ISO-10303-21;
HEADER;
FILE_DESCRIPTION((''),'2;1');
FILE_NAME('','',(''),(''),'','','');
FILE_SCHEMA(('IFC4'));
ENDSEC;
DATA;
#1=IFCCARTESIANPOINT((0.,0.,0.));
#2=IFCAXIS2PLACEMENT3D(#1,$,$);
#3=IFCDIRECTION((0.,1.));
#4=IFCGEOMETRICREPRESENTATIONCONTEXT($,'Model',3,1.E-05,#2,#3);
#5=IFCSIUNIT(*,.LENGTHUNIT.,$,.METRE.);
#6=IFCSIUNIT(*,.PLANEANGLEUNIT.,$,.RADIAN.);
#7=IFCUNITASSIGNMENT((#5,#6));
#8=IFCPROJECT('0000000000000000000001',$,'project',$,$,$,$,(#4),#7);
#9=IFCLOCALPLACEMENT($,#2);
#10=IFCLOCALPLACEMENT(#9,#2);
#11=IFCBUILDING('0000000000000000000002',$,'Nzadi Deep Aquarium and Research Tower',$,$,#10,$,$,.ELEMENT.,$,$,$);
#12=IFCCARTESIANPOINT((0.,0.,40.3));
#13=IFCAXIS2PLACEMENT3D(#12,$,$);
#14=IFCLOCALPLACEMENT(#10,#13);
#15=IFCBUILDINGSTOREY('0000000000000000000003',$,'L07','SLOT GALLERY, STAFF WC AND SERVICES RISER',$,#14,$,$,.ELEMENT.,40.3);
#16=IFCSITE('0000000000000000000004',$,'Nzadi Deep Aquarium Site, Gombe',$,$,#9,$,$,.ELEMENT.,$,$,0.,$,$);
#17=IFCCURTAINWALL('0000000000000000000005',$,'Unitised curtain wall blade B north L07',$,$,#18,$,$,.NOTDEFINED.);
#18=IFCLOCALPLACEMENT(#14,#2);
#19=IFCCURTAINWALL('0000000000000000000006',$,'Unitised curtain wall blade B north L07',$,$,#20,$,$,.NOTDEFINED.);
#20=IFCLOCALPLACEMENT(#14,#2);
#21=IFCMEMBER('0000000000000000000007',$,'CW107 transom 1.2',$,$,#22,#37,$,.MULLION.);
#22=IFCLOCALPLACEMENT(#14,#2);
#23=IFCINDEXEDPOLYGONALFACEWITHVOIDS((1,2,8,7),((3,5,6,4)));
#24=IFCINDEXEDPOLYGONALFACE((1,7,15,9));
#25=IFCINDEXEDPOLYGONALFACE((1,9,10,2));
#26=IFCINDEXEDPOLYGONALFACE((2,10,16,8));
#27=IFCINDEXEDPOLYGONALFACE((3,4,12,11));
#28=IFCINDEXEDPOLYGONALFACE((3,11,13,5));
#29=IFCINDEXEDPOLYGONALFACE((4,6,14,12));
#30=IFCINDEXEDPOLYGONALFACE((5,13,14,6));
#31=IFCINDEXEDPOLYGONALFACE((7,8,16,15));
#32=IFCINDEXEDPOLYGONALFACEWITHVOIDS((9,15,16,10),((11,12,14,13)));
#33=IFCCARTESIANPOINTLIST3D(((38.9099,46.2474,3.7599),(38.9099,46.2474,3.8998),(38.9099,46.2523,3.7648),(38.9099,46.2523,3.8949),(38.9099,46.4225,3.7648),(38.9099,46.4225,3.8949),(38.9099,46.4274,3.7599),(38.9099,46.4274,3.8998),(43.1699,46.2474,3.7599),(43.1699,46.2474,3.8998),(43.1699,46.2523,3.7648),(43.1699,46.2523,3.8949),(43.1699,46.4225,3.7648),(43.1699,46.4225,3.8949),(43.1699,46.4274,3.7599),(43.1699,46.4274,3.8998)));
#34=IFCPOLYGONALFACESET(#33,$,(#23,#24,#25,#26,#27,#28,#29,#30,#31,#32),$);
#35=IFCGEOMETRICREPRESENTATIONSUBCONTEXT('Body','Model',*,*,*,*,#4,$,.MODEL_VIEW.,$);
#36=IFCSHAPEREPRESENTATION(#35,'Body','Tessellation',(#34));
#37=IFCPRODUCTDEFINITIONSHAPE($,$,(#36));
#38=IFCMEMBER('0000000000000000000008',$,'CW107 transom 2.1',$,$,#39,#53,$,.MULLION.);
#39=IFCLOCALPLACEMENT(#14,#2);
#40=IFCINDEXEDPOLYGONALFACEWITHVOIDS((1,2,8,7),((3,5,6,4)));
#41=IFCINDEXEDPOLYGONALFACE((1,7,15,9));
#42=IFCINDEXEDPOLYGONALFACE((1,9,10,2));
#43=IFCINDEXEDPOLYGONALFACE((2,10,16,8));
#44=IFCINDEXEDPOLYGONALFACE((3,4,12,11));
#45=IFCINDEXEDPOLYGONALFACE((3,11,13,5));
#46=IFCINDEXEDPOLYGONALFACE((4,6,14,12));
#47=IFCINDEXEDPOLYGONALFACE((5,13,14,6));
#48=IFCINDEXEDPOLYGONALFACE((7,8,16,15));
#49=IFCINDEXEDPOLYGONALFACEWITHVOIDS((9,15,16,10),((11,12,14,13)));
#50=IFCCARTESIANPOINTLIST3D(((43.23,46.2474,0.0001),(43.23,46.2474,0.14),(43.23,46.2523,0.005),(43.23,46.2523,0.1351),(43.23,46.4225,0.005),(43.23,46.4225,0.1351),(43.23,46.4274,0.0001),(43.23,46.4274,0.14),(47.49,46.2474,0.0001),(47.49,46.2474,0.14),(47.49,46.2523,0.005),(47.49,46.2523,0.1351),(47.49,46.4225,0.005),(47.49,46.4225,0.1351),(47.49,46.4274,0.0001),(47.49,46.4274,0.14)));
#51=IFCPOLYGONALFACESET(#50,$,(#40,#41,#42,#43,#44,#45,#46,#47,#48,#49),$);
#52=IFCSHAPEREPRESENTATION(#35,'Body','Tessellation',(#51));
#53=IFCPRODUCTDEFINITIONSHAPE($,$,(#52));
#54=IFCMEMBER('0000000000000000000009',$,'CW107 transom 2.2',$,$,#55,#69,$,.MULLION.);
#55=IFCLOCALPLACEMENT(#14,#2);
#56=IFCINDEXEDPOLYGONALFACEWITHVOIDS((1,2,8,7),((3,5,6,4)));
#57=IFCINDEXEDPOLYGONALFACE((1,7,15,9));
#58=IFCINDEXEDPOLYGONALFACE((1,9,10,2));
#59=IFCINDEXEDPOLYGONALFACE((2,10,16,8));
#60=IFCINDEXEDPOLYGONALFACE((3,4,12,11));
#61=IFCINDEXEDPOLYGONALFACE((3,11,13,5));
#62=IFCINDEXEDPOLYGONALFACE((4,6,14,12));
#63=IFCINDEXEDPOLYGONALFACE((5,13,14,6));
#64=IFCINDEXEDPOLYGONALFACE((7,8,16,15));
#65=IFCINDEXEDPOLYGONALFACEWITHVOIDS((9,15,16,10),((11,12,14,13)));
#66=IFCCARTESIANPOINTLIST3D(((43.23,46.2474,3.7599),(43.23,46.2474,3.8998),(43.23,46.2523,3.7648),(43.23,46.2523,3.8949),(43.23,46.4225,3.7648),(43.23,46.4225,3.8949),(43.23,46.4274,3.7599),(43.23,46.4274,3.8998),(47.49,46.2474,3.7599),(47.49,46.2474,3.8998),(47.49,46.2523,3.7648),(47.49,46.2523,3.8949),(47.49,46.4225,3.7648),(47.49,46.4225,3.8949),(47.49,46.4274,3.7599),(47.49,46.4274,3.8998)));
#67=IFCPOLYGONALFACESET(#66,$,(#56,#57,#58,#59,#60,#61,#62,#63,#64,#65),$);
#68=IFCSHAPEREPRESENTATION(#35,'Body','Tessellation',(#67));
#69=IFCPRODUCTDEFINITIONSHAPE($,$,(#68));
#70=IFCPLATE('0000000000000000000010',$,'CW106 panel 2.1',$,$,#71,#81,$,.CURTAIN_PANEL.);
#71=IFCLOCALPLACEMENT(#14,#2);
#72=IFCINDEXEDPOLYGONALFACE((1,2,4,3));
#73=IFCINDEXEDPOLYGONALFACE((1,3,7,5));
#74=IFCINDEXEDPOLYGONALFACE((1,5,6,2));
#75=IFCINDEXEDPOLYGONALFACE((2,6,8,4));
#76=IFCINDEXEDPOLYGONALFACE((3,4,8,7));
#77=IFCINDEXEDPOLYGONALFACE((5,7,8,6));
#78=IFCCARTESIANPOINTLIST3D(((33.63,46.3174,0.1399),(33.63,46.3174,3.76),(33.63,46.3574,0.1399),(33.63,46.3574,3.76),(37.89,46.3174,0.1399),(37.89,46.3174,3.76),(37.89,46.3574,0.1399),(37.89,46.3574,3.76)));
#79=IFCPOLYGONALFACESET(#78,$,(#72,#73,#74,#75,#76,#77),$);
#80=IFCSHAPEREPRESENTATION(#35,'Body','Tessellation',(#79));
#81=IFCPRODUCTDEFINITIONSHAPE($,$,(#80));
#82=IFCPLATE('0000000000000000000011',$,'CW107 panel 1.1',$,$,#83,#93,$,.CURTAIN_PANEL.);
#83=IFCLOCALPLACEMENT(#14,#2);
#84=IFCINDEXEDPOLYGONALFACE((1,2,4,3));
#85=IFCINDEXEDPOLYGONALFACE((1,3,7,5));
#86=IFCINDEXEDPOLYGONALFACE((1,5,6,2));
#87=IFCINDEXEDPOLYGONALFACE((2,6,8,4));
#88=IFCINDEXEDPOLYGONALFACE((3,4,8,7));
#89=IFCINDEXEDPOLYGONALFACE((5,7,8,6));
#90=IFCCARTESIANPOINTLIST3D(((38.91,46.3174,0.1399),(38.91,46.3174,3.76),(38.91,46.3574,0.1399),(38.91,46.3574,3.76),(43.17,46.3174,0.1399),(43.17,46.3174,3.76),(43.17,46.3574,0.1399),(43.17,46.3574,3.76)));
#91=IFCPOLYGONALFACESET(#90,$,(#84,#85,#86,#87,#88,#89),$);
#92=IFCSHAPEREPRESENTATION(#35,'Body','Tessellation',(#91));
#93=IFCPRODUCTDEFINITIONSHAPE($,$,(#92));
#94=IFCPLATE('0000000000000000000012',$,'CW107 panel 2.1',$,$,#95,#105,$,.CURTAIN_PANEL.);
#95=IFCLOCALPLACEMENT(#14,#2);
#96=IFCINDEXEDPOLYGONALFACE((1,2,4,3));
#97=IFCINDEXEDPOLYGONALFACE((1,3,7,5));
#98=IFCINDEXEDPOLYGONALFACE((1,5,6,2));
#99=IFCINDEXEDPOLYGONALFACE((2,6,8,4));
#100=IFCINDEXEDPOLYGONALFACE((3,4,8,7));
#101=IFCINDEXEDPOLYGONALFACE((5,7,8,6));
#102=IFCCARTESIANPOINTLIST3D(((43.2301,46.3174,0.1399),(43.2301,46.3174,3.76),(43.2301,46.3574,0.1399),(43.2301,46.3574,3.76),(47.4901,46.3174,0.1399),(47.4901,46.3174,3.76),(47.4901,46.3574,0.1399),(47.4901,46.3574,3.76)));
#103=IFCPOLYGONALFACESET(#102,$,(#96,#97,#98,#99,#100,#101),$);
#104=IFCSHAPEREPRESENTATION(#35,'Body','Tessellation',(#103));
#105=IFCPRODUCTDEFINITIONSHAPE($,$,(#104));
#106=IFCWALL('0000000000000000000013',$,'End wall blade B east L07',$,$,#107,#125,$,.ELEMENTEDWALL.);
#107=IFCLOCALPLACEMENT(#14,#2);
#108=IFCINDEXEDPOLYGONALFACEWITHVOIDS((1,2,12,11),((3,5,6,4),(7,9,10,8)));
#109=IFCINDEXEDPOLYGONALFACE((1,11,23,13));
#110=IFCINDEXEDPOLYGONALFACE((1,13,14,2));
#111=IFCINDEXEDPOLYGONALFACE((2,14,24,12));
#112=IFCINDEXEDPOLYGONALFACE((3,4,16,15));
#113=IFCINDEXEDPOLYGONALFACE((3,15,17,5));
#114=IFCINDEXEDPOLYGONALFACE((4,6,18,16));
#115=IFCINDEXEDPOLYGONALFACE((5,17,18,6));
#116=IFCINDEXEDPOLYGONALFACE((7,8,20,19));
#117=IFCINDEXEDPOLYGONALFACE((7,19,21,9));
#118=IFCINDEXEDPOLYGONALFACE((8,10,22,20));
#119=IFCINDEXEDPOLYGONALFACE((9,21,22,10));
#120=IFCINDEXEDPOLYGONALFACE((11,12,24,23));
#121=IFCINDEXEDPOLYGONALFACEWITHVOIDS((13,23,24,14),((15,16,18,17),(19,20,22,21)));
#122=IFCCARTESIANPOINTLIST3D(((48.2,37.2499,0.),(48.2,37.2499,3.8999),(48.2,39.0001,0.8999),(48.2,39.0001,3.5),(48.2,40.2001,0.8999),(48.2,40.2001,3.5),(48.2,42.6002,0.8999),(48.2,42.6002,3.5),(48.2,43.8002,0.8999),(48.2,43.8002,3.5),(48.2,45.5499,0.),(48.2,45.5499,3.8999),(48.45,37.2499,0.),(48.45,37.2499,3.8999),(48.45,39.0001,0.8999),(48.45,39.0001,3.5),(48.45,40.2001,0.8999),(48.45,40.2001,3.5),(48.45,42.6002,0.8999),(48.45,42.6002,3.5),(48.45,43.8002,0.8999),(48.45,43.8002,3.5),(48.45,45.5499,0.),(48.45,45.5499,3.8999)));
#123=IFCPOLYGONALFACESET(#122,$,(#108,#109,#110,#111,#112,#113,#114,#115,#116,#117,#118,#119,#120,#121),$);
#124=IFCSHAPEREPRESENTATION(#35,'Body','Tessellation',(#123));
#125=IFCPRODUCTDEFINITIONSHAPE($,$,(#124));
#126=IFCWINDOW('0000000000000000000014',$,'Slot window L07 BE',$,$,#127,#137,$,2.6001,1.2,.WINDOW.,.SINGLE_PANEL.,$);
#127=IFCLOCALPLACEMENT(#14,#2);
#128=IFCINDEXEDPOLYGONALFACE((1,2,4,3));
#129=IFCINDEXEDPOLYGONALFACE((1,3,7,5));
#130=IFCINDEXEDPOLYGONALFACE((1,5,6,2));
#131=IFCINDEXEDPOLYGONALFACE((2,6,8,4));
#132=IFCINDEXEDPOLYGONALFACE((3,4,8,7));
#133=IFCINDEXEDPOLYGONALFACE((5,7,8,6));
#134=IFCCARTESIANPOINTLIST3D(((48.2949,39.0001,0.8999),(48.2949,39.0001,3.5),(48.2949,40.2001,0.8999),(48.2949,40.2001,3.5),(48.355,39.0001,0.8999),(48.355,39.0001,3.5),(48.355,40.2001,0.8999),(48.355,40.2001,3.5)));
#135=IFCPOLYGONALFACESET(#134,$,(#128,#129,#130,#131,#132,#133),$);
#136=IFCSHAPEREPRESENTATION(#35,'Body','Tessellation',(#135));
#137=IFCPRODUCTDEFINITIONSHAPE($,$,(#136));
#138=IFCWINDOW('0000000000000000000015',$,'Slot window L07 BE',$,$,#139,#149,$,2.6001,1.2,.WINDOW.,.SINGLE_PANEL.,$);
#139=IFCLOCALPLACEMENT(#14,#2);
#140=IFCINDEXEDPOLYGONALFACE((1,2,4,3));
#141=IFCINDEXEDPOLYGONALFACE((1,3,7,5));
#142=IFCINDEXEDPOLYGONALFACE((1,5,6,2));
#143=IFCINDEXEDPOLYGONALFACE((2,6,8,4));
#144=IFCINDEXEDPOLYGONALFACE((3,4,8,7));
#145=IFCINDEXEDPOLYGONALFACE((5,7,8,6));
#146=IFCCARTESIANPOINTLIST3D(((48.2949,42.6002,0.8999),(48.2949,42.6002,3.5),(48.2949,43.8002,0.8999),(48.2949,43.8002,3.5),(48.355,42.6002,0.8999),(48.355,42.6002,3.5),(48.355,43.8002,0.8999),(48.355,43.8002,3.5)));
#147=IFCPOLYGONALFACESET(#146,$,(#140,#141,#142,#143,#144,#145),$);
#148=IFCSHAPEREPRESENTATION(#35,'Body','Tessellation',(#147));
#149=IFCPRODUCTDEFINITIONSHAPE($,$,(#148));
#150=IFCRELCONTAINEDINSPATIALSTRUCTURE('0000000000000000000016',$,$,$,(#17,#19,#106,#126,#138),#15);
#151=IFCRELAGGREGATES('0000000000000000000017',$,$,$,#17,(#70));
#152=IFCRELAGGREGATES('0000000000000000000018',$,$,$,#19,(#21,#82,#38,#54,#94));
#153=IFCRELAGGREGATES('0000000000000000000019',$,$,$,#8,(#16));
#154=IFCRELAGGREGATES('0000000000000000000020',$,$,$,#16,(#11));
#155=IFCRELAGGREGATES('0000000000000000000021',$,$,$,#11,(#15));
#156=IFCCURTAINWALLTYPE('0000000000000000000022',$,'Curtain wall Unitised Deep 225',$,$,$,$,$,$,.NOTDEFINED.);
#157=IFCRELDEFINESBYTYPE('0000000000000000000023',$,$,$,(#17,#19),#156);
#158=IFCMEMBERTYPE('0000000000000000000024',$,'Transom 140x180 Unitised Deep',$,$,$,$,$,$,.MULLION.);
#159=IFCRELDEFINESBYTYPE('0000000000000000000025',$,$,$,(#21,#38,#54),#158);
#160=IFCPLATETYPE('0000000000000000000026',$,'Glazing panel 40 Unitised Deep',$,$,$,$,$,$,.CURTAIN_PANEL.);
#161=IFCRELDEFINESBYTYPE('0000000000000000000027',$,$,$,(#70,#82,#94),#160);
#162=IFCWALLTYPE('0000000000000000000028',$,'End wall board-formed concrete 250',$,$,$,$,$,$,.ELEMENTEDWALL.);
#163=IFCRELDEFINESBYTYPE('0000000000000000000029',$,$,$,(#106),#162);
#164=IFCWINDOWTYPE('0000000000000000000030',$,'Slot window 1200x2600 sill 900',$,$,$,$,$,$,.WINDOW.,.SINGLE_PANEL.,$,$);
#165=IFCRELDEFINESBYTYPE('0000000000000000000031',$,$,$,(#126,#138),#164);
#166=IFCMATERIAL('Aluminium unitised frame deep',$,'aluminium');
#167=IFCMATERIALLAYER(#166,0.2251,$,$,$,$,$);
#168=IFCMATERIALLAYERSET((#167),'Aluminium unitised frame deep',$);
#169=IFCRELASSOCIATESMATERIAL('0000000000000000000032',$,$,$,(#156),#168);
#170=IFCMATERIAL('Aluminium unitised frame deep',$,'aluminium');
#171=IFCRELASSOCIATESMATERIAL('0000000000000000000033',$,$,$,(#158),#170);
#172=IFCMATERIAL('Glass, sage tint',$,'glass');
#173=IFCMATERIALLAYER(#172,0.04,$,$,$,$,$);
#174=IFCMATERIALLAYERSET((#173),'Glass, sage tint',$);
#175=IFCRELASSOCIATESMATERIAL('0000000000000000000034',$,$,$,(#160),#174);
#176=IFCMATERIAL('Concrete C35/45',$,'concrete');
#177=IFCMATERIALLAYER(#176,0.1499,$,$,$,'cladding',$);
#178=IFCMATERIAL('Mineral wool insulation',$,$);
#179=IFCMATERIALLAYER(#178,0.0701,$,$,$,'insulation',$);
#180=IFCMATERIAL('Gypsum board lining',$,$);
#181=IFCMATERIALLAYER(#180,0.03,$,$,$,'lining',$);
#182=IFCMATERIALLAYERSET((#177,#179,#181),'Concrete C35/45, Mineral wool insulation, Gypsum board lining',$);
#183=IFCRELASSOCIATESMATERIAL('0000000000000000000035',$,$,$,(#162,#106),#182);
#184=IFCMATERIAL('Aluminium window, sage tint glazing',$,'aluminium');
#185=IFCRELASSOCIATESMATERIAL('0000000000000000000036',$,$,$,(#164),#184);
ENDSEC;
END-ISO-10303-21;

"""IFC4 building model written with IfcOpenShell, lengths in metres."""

from ifc_helpers import new_model, si_unit, direction, frame, frame_2d, origin, origin_2d, place, context, subcontext, project, spatial, rectangle, hollow_rectangle, extrude, material, layer, layer_set, layer_usage, material_profile, profile_set, type_object, element, fill, aggregate, save


model = new_model("IFC4")

# Units and contexts
model_context = context("Model", 3, precision=1e-05, world=origin(), true_north=direction((0.0, 1.0)))
body_context = subcontext(model_context, "Body", "Model", "MODEL_VIEW")
ifc_project = project(units=[si_unit("LENGTHUNIT", "METRE"), si_unit("PLANEANGLEUNIT", "RADIAN")], contexts=[model_context])

# Site, building, storey
site_placement = place(None, origin())
site = spatial("IfcSite", under=ifc_project, at=site_placement, Name="Nzadi Deep Aquarium Site, Gombe", CompositionType="ELEMENT", RefElevation=0.0)
building_placement = place(site_placement, origin())
building = spatial("IfcBuilding", under=site, at=building_placement, Name="Nzadi Deep Aquarium and Research Tower", CompositionType="ELEMENT")
storey_placement = place(building_placement, frame((0.0, 0.0, 40.3)))
storey = spatial("IfcBuildingStorey", under=building, at=storey_placement, Name="L07", Description="SLOT GALLERY, STAFF WC AND SERVICES RISER", CompositionType="ELEMENT", Elevation=40.3)

# Curtain wall
ifc_material_1 = material(Name="Aluminium unitised frame deep", Category="aluminium")
ifc_layer_1 = layer(ifc_material_1, 0.2251)
ifc_layer_set_1 = layer_set([ifc_layer_1], Name="Aluminium unitised frame deep")
curtain_wall_type = type_object("IfcCurtainWallType", Name="Curtain wall Unitised Deep 225", PredefinedType="NOTDEFINED", material=ifc_layer_set_1)
curtain_wall_1_placement = place(storey_placement, origin())
curtain_wall_1 = element("IfcCurtainWall", 1, at=curtain_wall_1_placement, inside=storey, type_object=curtain_wall_type, Name="Unitised curtain wall blade B north L07", PredefinedType="NOTDEFINED")

# Curtain wall
curtain_wall_2_placement = place(storey_placement, origin())
curtain_wall_2 = element("IfcCurtainWall", 2, at=curtain_wall_2_placement, inside=storey, type_object=curtain_wall_type, Name="Unitised curtain wall blade B north L07", PredefinedType="NOTDEFINED")

# Members
ifc_material_2 = material(Name="Aluminium unitised frame deep", Category="aluminium")
ifc_material_profile_1 = material_profile(ifc_material_2, hollow_rectangle(XDim=0.1799, YDim=0.1399, WallThickness=0.0049, at=origin_2d()))
ifc_profile_set_1 = profile_set([ifc_material_profile_1], Name="Aluminium unitised frame deep")
member_type_1 = type_object("IfcMemberType", Name="Transom 140x180 Unitised Deep", PredefinedType="MULLION", material=ifc_profile_set_1)
member_1_placement = place(storey_placement, frame((38.9099, 46.3374, 3.8298), z_axis=(1.0, 0.0, 0.0), x_axis=(0.0, 1.0, 0.0)))
member_1 = element("IfcMember", 3, at=member_1_placement, type_object=member_type_1, Name="CW107 transom 1.2", PredefinedType="MULLION", context=body_context, shape_type="SweptSolid", body=[
    extrude(hollow_rectangle(XDim=0.1799, YDim=0.1399, WallThickness=0.0049, at=origin_2d()), origin(), (0.0, 0.0, 1.0), 4.26),
])
member_2_placement = place(storey_placement, frame((43.23, 46.3374, 0.0701), z_axis=(1.0, 0.0, 0.0), x_axis=(0.0, 1.0, 0.0)))
member_2 = element("IfcMember", 4, at=member_2_placement, type_object=member_type_1, Name="CW107 transom 2.1", PredefinedType="MULLION", context=body_context, shape_type="SweptSolid", body=[
    extrude(hollow_rectangle(XDim=0.1799, YDim=0.1399, WallThickness=0.0049, at=origin_2d()), origin(), (0.0, 0.0, 1.0), 4.26),
])
member_3_placement = place(storey_placement, frame((43.23, 46.3374, 3.8298), z_axis=(1.0, 0.0, 0.0), x_axis=(0.0, 1.0, 0.0)))
member_3 = element("IfcMember", 5, at=member_3_placement, type_object=member_type_1, Name="CW107 transom 2.2", PredefinedType="MULLION", context=body_context, shape_type="SweptSolid", body=[
    extrude(hollow_rectangle(XDim=0.1799, YDim=0.1399, WallThickness=0.0049, at=origin_2d()), origin(), (0.0, 0.0, 1.0), 4.26),
])

# Plates
ifc_material_3 = material(Name="Glass, sage tint", Category="glass")
ifc_layer_2 = layer(ifc_material_3, 0.04)
ifc_layer_set_2 = layer_set([ifc_layer_2], Name="Glass, sage tint")
plate_type = type_object("IfcPlateType", Name="Glazing panel 40 Unitised Deep", PredefinedType="CURTAIN_PANEL", material=ifc_layer_set_2)
plate_1_placement = place(storey_placement, frame((35.76, 46.3374, 0.1399), z_axis=(0.0, 0.0, 1.0), x_axis=(1.0, 0.0, 0.0)))
plate_1 = element("IfcPlate", 6, at=plate_1_placement, type_object=plate_type, Name="CW106 panel 2.1", PredefinedType="CURTAIN_PANEL", context=body_context, shape_type="SweptSolid", body=[
    extrude(rectangle(XDim=4.26, YDim=0.04, at=origin_2d()), origin(), (0.0, 0.0, 1.0), 3.6201),
])
aggregate(curtain_wall_1, [plate_1])
plate_2_placement = place(storey_placement, frame((41.04, 46.3374, 0.1399), z_axis=(0.0, 0.0, 1.0), x_axis=(1.0, 0.0, 0.0)))
plate_2 = element("IfcPlate", 7, at=plate_2_placement, type_object=plate_type, Name="CW107 panel 1.1", PredefinedType="CURTAIN_PANEL", context=body_context, shape_type="SweptSolid", body=[
    extrude(rectangle(XDim=4.26, YDim=0.04, at=origin_2d()), origin(), (0.0, 0.0, 1.0), 3.6201),
])
plate_3_placement = place(storey_placement, frame((45.3601, 46.3374, 0.1399), z_axis=(0.0, 0.0, 1.0), x_axis=(1.0, 0.0, 0.0)))
plate_3 = element("IfcPlate", 8, at=plate_3_placement, type_object=plate_type, Name="CW107 panel 2.1", PredefinedType="CURTAIN_PANEL", context=body_context, shape_type="SweptSolid", body=[
    extrude(rectangle(XDim=4.26, YDim=0.04, at=origin_2d()), origin(), (0.0, 0.0, 1.0), 3.6201),
])
aggregate(curtain_wall_2, [member_1, plate_2, member_2, member_3, plate_3])

# Wall, openings, windows
ifc_material_4 = material(Name="Concrete C35/45", Category="concrete")
ifc_layer_3 = layer(ifc_material_4, 0.1499, Category="cladding")
ifc_material_5 = material(Name="Mineral wool insulation")
ifc_layer_4 = layer(ifc_material_5, 0.0701, Category="insulation")
ifc_material_6 = material(Name="Gypsum board lining")
ifc_layer_5 = layer(ifc_material_6, 0.03, Category="lining")
ifc_layer_set_3 = layer_set([ifc_layer_3, ifc_layer_4, ifc_layer_5], Name="Concrete C35/45, Mineral wool insulation, Gypsum board lining")
ifc_layer_usage = layer_usage(ifc_layer_set_3, "AXIS2", "POSITIVE", -0.125)
wall_type_1 = type_object("IfcWallType", Name="End wall board-formed concrete 250", PredefinedType="ELEMENTEDWALL", material=ifc_layer_set_3)
wall_1_placement = place(storey_placement, frame((48.325, 37.25, 0.0), z_axis=(0.0, 0.0, 1.0), x_axis=(0.0, 1.0, 0.0)))
wall_1 = element("IfcWall", 9, at=wall_1_placement, inside=storey, type_object=wall_type_1, material=ifc_layer_usage, Name="End wall blade B east L07", PredefinedType="ELEMENTEDWALL", context=body_context, shape_type="SweptSolid", body=[
    extrude(rectangle(XDim=8.3, YDim=0.25, at=frame_2d((4.1499, 0.0))), origin(), (0.0, 0.0, 1.0), 3.8999),
])
opening_1_placement = place(wall_1_placement, frame((1.75, 0.0, 0.8999)))
opening_1 = element("IfcOpeningElement", 10, at=opening_1_placement, cuts=wall_1, PredefinedType="OPENING", context=body_context, shape_type="SweptSolid", body=[
    extrude(rectangle(XDim=1.2, YDim=2.6001, at=frame_2d((0.6001, 1.3))), frame((0.0, 0.135, 0.0), z_axis=(0.0, -1.0, 0.0), x_axis=(1.0, 0.0, 0.0)), (0.0, 0.0, 1.0), 0.27),
])
opening_2_placement = place(wall_1_placement, frame((5.3501, 0.0, 0.8999)))
opening_2 = element("IfcOpeningElement", 11, at=opening_2_placement, cuts=wall_1, PredefinedType="OPENING", context=body_context, shape_type="SweptSolid", body=[
    extrude(rectangle(XDim=1.2, YDim=2.6001, at=frame_2d((0.6001, 1.3))), frame((0.0, 0.135, 0.0), z_axis=(0.0, -1.0, 0.0), x_axis=(1.0, 0.0, 0.0)), (0.0, 0.0, 1.0), 0.27),
])
ifc_material_7 = material(Name="Aluminium window, sage tint glazing", Category="aluminium")
window_type = type_object("IfcWindowType", Name="Slot window 1200x2600 sill 900", PartitioningType="SINGLE_PANEL", PredefinedType="WINDOW", material=ifc_material_7)
window_1_placement = place(opening_1_placement, origin())
window_1 = element("IfcWindow", 12, at=window_1_placement, inside=storey, type_object=window_type, Name="Slot window L07 BE", OverallHeight=2.6001, OverallWidth=1.2, PartitioningType="SINGLE_PANEL", PredefinedType="WINDOW", context=body_context, shape_type="SweptSolid", body=[
    extrude(rectangle(XDim=1.2, YDim=2.6001, at=frame_2d((0.6001, 1.3))), frame((0.0, 0.03, 0.0), z_axis=(0.0, -1.0, 0.0), x_axis=(1.0, 0.0, 0.0)), (0.0, 0.0, 1.0), 0.0601),
])
fill(opening_1, window_1)
window_2_placement = place(opening_2_placement, origin())
window_2 = element("IfcWindow", 13, at=window_2_placement, inside=storey, type_object=window_type, Name="Slot window L07 BE", OverallHeight=2.6001, OverallWidth=1.2, PartitioningType="SINGLE_PANEL", PredefinedType="WINDOW", context=body_context, shape_type="SweptSolid", body=[
    extrude(rectangle(XDim=1.2, YDim=2.6001, at=frame_2d((0.6001, 1.3))), frame((0.0, 0.03, 0.0), z_axis=(0.0, -1.0, 0.0), x_axis=(1.0, 0.0, 0.0)), (0.0, 0.0, 1.0), 0.0601),
])
fill(opening_2, window_2)

save(model, "model.ifc")
